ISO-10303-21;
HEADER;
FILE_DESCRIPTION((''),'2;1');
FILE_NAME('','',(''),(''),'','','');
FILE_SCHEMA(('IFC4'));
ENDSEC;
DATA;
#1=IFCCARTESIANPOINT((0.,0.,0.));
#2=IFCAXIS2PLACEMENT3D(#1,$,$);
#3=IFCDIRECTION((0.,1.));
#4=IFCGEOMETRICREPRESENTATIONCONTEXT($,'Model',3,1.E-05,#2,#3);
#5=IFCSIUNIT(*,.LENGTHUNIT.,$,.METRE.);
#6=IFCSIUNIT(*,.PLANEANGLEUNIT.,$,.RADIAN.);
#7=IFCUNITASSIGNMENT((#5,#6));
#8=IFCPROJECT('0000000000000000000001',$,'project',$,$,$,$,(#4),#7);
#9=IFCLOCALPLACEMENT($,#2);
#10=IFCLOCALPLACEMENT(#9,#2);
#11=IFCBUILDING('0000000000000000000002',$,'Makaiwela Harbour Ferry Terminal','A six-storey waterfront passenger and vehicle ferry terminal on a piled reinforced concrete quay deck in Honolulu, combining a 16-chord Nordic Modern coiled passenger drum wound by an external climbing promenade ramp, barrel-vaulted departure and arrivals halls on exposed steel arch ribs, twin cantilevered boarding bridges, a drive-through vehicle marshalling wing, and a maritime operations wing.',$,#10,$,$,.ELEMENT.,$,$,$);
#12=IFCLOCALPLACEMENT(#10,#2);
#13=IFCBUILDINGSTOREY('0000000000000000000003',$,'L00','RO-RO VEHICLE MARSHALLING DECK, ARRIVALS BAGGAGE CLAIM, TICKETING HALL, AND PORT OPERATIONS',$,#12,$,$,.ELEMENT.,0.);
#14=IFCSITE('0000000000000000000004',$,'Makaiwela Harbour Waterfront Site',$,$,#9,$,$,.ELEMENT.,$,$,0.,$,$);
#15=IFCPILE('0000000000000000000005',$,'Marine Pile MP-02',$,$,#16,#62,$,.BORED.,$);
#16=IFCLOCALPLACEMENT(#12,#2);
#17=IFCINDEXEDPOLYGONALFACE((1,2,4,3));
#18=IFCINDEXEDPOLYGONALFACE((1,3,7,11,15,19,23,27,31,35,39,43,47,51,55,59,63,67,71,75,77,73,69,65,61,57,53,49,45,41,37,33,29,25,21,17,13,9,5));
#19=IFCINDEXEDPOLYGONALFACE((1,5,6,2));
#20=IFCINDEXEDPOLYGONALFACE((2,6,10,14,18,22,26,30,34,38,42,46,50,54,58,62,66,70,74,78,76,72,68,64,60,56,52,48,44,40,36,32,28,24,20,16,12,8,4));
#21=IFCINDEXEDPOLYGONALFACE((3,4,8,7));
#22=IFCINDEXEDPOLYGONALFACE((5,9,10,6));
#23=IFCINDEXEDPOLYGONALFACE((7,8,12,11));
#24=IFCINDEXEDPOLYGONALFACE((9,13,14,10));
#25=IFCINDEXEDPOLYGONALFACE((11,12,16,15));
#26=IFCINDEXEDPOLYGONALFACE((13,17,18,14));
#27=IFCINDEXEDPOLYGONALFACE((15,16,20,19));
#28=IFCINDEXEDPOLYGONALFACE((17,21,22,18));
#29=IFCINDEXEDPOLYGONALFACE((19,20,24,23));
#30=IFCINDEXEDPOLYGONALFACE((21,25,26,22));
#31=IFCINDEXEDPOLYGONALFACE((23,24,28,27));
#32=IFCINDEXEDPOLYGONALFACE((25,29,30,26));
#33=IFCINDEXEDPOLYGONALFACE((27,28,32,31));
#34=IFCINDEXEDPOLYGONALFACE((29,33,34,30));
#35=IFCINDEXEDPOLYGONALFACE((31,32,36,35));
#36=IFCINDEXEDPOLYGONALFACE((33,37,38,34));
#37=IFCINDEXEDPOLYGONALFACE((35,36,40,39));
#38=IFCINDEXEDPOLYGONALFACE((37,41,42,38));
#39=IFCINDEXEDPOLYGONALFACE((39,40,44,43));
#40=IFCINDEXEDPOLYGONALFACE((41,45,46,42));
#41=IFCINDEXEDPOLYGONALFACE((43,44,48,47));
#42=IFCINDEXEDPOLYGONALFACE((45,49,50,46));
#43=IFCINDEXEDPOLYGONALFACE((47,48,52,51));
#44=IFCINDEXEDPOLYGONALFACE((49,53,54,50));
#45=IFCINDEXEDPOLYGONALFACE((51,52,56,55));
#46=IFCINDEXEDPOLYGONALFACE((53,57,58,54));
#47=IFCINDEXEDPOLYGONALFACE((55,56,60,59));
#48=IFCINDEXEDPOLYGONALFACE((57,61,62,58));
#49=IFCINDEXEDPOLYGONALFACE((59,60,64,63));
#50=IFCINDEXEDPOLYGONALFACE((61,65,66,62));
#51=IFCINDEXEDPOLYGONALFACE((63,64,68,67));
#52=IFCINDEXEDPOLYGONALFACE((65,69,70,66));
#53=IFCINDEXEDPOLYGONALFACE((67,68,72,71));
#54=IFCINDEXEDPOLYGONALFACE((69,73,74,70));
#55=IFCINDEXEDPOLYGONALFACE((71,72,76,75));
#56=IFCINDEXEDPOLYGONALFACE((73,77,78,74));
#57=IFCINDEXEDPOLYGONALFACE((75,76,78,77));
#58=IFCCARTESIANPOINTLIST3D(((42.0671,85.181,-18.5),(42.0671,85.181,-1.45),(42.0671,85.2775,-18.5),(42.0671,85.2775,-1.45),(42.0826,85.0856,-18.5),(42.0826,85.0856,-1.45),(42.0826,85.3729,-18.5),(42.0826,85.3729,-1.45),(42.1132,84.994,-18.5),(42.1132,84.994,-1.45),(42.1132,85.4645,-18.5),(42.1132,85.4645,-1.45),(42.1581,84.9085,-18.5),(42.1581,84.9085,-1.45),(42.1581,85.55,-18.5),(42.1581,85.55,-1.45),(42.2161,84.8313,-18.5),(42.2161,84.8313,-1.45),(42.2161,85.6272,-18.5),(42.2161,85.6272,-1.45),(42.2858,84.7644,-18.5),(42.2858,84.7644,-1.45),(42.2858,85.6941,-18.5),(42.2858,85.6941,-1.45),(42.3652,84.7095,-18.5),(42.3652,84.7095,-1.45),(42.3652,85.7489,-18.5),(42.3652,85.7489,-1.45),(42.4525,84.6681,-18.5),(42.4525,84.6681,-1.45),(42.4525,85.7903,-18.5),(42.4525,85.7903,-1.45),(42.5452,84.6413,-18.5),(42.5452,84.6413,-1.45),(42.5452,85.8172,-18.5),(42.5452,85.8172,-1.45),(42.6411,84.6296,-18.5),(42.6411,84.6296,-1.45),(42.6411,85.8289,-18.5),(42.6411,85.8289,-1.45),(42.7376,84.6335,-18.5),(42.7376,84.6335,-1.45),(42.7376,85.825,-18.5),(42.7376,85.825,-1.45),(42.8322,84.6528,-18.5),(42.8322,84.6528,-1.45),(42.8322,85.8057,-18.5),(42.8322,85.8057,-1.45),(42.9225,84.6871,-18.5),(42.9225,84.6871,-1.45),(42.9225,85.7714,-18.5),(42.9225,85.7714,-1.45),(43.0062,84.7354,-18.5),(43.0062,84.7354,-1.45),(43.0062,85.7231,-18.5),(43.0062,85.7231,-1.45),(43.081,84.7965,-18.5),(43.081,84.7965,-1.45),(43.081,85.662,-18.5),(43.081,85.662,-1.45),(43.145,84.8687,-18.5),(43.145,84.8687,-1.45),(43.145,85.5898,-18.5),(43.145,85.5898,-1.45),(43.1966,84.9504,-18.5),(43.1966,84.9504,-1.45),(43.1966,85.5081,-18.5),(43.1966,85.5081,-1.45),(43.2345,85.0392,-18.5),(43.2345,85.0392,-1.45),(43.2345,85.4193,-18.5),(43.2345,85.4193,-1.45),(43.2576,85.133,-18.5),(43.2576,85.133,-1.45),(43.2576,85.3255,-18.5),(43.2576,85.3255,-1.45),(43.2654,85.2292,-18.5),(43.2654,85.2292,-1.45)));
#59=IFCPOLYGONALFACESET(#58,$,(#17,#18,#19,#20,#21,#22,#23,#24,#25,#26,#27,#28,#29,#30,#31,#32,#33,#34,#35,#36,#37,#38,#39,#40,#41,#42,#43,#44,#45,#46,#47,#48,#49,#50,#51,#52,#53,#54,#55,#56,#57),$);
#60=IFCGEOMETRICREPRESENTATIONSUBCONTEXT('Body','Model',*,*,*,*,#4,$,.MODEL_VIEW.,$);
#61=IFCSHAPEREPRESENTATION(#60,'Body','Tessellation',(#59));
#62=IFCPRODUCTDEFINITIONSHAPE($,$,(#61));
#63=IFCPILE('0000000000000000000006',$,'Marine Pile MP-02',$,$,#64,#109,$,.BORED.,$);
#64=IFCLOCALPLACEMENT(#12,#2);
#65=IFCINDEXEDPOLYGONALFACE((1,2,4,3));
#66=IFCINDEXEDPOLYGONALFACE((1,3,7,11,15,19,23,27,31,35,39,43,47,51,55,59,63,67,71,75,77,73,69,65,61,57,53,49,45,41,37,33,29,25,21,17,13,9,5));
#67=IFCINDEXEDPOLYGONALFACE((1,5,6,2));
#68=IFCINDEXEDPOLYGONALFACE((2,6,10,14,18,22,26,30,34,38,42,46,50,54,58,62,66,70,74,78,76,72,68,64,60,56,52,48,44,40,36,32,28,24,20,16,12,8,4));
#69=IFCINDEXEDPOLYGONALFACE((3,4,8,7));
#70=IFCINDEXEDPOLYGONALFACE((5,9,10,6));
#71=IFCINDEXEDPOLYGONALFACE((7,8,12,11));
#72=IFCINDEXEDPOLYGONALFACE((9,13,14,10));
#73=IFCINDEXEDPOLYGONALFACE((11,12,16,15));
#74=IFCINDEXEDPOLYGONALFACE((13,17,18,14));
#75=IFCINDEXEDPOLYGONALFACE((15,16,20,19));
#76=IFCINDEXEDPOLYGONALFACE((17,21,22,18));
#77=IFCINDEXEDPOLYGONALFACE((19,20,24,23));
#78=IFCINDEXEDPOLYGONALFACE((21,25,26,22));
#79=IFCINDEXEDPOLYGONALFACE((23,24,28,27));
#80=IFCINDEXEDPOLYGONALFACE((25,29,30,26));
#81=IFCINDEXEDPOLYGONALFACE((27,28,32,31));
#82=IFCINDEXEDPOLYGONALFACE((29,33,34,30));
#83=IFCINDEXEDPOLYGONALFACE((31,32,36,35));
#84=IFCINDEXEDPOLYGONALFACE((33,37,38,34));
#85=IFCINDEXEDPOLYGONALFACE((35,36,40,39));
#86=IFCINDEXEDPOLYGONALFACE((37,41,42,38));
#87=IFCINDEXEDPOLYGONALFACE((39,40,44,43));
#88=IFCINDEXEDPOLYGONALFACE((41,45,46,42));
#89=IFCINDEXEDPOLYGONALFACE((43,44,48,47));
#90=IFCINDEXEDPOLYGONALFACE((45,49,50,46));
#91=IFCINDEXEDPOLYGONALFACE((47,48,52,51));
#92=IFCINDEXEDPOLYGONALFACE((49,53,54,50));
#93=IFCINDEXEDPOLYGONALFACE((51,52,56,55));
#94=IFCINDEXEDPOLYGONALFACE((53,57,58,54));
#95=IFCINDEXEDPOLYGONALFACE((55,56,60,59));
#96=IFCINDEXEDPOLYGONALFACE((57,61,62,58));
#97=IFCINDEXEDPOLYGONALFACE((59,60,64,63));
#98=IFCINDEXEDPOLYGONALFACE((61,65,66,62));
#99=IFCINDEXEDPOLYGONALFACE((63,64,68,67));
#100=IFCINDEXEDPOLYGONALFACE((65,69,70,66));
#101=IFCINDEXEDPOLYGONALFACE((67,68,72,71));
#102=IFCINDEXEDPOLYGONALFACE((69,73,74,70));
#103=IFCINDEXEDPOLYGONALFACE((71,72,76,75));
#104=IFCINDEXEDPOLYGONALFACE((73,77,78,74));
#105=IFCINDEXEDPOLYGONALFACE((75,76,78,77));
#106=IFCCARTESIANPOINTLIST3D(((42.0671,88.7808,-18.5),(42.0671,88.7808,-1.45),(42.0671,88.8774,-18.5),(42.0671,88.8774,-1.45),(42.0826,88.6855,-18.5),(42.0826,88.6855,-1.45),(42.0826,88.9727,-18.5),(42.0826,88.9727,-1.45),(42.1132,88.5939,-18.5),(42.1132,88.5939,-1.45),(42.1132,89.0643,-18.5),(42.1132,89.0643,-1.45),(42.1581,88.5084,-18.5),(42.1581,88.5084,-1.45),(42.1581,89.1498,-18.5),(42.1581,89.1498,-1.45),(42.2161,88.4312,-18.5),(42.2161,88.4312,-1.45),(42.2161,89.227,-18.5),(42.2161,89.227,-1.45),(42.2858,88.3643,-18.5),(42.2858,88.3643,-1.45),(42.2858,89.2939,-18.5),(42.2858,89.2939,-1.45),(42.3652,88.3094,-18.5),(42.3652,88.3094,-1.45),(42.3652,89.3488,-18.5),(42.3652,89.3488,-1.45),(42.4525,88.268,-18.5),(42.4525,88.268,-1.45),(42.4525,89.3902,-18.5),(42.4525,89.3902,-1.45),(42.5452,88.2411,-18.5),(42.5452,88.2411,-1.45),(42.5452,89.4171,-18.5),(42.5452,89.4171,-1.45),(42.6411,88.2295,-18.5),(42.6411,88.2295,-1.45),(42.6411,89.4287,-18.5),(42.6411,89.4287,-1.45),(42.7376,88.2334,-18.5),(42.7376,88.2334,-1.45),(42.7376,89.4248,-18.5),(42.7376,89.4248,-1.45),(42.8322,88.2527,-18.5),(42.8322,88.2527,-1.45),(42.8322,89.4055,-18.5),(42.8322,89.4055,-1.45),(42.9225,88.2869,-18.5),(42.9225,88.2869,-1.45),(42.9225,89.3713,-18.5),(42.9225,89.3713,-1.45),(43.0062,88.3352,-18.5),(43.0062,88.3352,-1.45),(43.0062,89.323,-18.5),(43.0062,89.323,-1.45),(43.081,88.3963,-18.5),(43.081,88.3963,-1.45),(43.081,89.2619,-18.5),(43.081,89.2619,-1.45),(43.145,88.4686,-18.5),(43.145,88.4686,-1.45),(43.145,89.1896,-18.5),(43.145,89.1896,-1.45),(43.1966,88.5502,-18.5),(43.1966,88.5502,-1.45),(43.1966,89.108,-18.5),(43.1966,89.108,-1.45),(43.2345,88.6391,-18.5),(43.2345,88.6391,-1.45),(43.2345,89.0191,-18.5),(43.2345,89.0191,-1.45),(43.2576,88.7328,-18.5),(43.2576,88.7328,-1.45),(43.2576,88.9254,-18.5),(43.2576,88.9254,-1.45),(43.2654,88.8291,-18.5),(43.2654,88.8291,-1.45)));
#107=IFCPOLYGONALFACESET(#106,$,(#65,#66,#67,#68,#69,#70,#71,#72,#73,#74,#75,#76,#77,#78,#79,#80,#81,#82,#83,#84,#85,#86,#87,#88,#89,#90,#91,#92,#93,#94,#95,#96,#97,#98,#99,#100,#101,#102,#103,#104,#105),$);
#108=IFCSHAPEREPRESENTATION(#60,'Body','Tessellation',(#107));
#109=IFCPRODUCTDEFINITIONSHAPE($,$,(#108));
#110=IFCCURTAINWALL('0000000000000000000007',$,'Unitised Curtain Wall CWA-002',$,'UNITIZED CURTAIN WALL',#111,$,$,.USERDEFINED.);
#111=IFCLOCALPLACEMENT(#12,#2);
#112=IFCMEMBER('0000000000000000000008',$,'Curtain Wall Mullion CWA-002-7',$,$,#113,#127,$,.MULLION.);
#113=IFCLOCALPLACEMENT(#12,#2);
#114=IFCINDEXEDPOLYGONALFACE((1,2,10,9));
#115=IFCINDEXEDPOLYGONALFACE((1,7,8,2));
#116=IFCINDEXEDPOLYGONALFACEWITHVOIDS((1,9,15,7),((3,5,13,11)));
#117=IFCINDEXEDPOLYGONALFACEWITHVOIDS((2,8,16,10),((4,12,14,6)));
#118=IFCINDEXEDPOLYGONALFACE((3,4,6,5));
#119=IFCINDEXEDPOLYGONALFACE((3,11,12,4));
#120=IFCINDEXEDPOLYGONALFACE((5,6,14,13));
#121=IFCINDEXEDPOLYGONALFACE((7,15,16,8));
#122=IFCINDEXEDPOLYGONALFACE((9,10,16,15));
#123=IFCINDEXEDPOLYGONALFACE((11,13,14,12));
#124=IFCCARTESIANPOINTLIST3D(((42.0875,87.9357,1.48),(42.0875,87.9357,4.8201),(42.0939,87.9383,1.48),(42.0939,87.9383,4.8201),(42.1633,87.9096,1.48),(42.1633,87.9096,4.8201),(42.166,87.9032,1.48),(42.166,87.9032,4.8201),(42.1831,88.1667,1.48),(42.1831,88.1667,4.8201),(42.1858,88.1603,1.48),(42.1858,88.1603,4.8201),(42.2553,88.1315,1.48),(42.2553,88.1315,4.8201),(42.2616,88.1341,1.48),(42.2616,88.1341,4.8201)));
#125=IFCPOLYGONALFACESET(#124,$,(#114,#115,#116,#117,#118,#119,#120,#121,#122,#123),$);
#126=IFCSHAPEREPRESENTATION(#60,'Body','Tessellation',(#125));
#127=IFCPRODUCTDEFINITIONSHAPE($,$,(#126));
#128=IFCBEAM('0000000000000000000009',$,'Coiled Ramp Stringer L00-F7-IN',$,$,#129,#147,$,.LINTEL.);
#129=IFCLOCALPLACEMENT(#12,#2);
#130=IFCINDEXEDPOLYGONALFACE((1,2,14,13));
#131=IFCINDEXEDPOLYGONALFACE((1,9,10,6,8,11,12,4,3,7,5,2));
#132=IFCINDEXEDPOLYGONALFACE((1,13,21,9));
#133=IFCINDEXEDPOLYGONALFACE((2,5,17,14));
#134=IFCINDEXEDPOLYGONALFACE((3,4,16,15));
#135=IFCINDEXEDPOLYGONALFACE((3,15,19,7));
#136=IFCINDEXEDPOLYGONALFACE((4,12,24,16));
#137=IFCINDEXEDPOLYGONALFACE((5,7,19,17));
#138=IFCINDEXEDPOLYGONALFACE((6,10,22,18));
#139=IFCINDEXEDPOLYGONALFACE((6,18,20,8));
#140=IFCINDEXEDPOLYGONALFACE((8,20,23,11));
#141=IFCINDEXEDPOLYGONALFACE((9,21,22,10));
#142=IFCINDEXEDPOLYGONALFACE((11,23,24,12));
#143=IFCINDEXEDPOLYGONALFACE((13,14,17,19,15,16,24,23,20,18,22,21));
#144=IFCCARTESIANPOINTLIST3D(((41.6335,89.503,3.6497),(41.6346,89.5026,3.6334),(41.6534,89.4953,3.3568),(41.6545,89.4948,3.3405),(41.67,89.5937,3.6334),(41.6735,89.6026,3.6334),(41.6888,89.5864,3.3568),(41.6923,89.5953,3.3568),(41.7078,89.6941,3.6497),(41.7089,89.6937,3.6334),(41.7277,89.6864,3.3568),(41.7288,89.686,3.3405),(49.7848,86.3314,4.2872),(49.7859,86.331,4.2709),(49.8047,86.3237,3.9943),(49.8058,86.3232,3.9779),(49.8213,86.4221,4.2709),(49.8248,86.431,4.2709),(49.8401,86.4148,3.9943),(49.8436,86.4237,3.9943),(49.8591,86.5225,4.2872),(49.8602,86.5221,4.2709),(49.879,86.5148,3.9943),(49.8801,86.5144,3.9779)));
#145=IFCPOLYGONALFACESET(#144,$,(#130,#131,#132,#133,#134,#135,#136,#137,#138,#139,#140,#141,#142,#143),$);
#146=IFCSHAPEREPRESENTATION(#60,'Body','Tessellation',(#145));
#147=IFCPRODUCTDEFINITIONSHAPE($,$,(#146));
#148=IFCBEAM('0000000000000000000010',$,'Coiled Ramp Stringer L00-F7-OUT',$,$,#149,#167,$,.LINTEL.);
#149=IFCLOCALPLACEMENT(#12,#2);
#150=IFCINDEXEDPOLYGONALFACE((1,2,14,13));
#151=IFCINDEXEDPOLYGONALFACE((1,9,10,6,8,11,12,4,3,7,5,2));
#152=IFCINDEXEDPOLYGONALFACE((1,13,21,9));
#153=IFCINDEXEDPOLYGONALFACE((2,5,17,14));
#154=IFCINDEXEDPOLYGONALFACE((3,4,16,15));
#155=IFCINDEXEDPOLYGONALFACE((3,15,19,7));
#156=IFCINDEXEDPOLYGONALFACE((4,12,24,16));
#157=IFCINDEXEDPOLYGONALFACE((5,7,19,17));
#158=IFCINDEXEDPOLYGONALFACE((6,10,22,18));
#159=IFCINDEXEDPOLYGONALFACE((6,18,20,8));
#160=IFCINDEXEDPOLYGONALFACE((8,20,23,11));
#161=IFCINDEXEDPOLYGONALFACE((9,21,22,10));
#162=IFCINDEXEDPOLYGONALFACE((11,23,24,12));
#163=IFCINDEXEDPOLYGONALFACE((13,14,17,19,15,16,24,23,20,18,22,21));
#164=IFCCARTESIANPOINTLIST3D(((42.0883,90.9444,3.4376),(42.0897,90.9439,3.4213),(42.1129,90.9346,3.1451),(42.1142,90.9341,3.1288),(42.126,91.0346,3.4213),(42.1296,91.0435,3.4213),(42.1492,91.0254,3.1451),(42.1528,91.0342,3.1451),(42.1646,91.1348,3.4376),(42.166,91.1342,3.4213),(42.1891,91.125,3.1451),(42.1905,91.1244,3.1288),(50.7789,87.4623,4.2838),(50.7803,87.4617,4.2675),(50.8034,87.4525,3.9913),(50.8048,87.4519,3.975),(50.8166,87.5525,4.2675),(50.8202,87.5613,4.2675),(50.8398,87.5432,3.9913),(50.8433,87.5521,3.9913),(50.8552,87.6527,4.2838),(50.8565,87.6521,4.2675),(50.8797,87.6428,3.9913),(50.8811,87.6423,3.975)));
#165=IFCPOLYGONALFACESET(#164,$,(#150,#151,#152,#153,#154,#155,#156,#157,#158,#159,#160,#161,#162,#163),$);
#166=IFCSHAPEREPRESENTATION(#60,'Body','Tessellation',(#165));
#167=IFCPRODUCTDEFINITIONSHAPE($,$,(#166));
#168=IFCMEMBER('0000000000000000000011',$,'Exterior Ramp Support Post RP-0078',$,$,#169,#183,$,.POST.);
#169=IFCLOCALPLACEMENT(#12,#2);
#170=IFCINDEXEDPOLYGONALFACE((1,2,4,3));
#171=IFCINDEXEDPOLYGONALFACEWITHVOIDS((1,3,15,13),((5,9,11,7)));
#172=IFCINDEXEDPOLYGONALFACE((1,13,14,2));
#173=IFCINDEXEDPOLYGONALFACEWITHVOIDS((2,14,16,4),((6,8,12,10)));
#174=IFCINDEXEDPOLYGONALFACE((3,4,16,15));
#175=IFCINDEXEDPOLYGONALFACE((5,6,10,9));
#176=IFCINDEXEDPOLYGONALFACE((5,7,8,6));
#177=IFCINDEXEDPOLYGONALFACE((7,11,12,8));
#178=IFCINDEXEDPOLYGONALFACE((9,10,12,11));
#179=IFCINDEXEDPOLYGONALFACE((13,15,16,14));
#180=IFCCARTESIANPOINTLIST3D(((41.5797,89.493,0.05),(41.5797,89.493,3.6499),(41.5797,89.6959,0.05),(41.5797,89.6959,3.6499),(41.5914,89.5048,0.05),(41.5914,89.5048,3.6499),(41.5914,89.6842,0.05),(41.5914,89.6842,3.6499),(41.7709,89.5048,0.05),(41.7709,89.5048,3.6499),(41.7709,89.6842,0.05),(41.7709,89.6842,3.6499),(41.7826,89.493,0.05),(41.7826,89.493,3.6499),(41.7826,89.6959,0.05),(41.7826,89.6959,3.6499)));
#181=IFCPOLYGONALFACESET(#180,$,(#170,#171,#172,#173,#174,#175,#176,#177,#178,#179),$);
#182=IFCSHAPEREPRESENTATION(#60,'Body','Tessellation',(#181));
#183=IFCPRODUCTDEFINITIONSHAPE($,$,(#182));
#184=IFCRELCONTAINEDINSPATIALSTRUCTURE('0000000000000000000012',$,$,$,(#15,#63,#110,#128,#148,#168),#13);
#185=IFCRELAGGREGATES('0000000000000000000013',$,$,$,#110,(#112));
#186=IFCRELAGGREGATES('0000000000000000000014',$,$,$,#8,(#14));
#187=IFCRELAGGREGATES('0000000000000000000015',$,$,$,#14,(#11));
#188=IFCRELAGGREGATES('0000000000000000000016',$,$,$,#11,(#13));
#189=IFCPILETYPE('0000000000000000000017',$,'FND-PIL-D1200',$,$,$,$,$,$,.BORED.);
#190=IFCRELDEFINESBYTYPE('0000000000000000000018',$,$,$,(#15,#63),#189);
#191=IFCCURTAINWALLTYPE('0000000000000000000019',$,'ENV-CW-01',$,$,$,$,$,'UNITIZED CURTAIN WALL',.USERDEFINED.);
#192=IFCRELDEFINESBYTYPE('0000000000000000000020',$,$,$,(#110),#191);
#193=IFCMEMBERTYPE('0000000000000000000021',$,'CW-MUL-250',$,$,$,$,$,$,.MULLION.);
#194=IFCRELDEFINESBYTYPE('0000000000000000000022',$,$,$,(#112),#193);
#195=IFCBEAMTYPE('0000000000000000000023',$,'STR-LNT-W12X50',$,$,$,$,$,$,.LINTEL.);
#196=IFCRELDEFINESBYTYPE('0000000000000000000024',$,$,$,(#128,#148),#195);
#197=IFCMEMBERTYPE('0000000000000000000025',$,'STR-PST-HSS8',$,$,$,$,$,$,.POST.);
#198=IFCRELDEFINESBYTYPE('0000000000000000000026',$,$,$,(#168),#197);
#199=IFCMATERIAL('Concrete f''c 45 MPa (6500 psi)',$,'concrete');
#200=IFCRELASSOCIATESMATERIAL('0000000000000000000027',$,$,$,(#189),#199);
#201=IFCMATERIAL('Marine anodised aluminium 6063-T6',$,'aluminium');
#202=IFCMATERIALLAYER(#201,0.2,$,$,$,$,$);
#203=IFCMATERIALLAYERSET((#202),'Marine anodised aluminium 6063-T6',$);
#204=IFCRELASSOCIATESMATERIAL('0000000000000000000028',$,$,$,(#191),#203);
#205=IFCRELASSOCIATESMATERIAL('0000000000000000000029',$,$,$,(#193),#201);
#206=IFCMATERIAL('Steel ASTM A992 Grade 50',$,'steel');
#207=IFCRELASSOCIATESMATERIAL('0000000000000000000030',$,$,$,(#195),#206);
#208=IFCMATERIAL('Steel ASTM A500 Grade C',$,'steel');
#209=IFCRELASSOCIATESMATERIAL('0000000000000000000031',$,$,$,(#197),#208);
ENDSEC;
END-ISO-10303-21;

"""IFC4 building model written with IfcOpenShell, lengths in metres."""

from ifc_helpers import new_model, si_unit, direction, frame, origin, origin_2d, place, context, subcontext, project, spatial, hollow_rectangle, circle, i_section, extrude, material, layer, layer_set, material_profile, profile_set, type_object, element, aggregate, save


model = new_model("IFC4")

# Units and contexts
model_context = context("Model", 3, precision=1e-05, world=origin(), true_north=direction((0.0, 1.0)))
body_context = subcontext(model_context, "Body", "Model", "MODEL_VIEW")
ifc_project = project(units=[si_unit("LENGTHUNIT", "METRE"), si_unit("PLANEANGLEUNIT", "RADIAN")], contexts=[model_context])

# Site, building, storey
site_placement = place(None, origin())
site = spatial("IfcSite", under=ifc_project, at=site_placement, Name="Makaiwela Harbour Waterfront Site", CompositionType="ELEMENT", RefElevation=0.0)
building_placement = place(site_placement, origin())
building = spatial("IfcBuilding", under=site, at=building_placement, Name="Makaiwela Harbour Ferry Terminal", Description="A six-storey waterfront passenger and vehicle ferry terminal on a piled reinforced concrete quay deck in Honolulu, combining a 16-chord Nordic Modern coiled passenger drum wound by an external climbing promenade ramp, barrel-vaulted departure and arrivals halls on exposed steel arch ribs, twin cantilevered boarding bridges, a drive-through vehicle marshalling wing, and a maritime operations wing.", CompositionType="ELEMENT")
storey_placement = place(building_placement, origin())
storey = spatial("IfcBuildingStorey", under=building, at=storey_placement, Name="L00", Description="RO-RO VEHICLE MARSHALLING DECK, ARRIVALS BAGGAGE CLAIM, TICKETING HALL, AND PORT OPERATIONS", CompositionType="ELEMENT", Elevation=0.0)

# Piles
ifc_material_1 = material(Name="Concrete f'c 45 MPa (6500 psi)", Category="concrete")
ifc_material_profile_1 = material_profile(ifc_material_1, circle(Radius=0.6001, at=origin_2d()), Name="PILE-D1200")
ifc_profile_set_1 = profile_set([ifc_material_profile_1], Name="Concrete f'c 45 MPa (6500 psi)")
pile_type = type_object("IfcPileType", Name="FND-PIL-D1200", PredefinedType="BORED", material=ifc_profile_set_1)
for number, where, z_axis, x_axis, name in (
    (1, (42.6653, 85.2292, -1.45), (0.0, 0.0, -1.0), (1.0, 0.0, 0.0), "Marine Pile MP-02"),
    (2, (42.6653, 88.8291, -1.45), (0.0, 0.0, -1.0), (1.0, 0.0, 0.0), "Marine Pile MP-02"),
):
    element("IfcPile", number, at=place(storey_placement, frame(where, z_axis=z_axis, x_axis=x_axis)), inside=storey, type_object=pile_type, Name=name, PredefinedType="BORED", context=body_context, shape_type="SweptSolid", body=[
        extrude(circle(Radius=0.6001, at=origin_2d()), origin(), (0.0, 0.0, 1.0), 17.05),
    ])

# Curtain wall, member
ifc_material_2 = material(Name="Marine anodised aluminium 6063-T6", Category="aluminium")
ifc_layer_1 = layer(ifc_material_2, 0.2)
ifc_layer_set_1 = layer_set([ifc_layer_1], Name="Marine anodised aluminium 6063-T6")
curtain_wall_type = type_object("IfcCurtainWallType", Name="ENV-CW-01", ElementType="UNITIZED CURTAIN WALL", PredefinedType="USERDEFINED", material=ifc_layer_set_1)
curtain_wall_placement = place(storey_placement, origin())
curtain_wall = element("IfcCurtainWall", 3, at=curtain_wall_placement, inside=storey, type_object=curtain_wall_type, Name="Unitised Curtain Wall CWA-002", ObjectType="UNITIZED CURTAIN WALL", PredefinedType="USERDEFINED")
ifc_material_profile_2 = material_profile(ifc_material_2, hollow_rectangle(XDim=0.085, YDim=0.25, WallThickness=0.0049, at=origin_2d()), Name="CWM-250X85")
ifc_profile_set_2 = profile_set([ifc_material_profile_2], Name="Marine anodised aluminium 6063-T6")
member_type_1 = type_object("IfcMemberType", Name="CW-MUL-250", PredefinedType="MULLION", material=ifc_profile_set_2)
member_1_placement = place(storey_placement, frame((42.1746, 88.0349, 1.48), z_axis=(0.0, 0.0, 1.0), x_axis=(-0.92388, 0.382683, 0.0)))
member_1 = element("IfcMember", 4, at=member_1_placement, type_object=member_type_1, Name="Curtain Wall Mullion CWA-002-7", PredefinedType="MULLION", context=body_context, shape_type="SweptSolid", body=[
    extrude(hollow_rectangle(XDim=0.085, YDim=0.25, WallThickness=0.0049, at=origin_2d()), origin(), (0.0, 0.0, 1.0), 3.3401),
])

# Beams
ifc_material_3 = material(Name="Steel ASTM A992 Grade 50", Category="steel")
ifc_material_profile_3 = material_profile(ifc_material_3, i_section(OverallWidth=0.2051, OverallDepth=0.3101, WebThickness=0.0095, FlangeThickness=0.0164, at=origin_2d()), Name="W12X50")
ifc_profile_set_3 = profile_set([ifc_material_profile_3], Name="Steel ASTM A992 Grade 50")
beam_type = type_object("IfcBeamType", Name="STR-LNT-W12X50", PredefinedType="LINTEL", material=ifc_profile_set_3)
beam_1_placement = place(storey_placement, frame((41.6812, 89.5945, 3.4951), z_axis=(0.929476, -0.361651, 0.072687), x_axis=(0.362611, 0.931941, 0.0)))
element("IfcBeam", 5, at=beam_1_placement, inside=storey, type_object=beam_type, Name="Coiled Ramp Stringer L00-F7-IN", PredefinedType="LINTEL", context=body_context, shape_type="SweptSolid", body=[
    extrude(i_section(OverallWidth=0.2051, OverallDepth=0.3101, WebThickness=0.0095, FlangeThickness=0.0164, at=origin_2d()), origin(), (0.0, 0.0, 1.0), 8.7698),
])
beam_2_placement = place(storey_placement, frame((42.1394, 91.0344, 3.2832), z_axis=(0.924491, -0.370425, 0.090016), x_axis=(0.371935, 0.928259, 0.0)))
element("IfcBeam", 6, at=beam_2_placement, inside=storey, type_object=beam_type, Name="Coiled Ramp Stringer L00-F7-OUT", PredefinedType="LINTEL", context=body_context, shape_type="SweptSolid", body=[
    extrude(i_section(OverallWidth=0.2051, OverallDepth=0.3101, WebThickness=0.0095, FlangeThickness=0.0164, at=origin_2d()), origin(), (0.0, 0.0, 1.0), 9.4004),
])

# Member
ifc_material_4 = material(Name="Steel ASTM A500 Grade C", Category="steel")
ifc_material_profile_4 = material_profile(ifc_material_4, hollow_rectangle(XDim=0.2029, YDim=0.2029, WallThickness=0.0117, at=origin_2d()), Name="HSS8X8X1/2")
ifc_profile_set_4 = profile_set([ifc_material_profile_4], Name="Steel ASTM A500 Grade C")
member_type_2 = type_object("IfcMemberType", Name="STR-PST-HSS8", PredefinedType="POST", material=ifc_profile_set_4)
member_2_placement = place(storey_placement, frame((41.6812, 89.5945, 0.05), z_axis=(0.0, 0.0, 1.0), x_axis=(1.0, 0.0, 0.0)))
element("IfcMember", 7, at=member_2_placement, inside=storey, type_object=member_type_2, Name="Exterior Ramp Support Post RP-0078", PredefinedType="POST", context=body_context, shape_type="SweptSolid", body=[
    extrude(hollow_rectangle(XDim=0.2029, YDim=0.2029, WallThickness=0.0117, at=origin_2d()), origin(), (0.0, 0.0, 1.0), 3.5999),
])

aggregate(curtain_wall, [member_1])

save(model, "model.ifc")
